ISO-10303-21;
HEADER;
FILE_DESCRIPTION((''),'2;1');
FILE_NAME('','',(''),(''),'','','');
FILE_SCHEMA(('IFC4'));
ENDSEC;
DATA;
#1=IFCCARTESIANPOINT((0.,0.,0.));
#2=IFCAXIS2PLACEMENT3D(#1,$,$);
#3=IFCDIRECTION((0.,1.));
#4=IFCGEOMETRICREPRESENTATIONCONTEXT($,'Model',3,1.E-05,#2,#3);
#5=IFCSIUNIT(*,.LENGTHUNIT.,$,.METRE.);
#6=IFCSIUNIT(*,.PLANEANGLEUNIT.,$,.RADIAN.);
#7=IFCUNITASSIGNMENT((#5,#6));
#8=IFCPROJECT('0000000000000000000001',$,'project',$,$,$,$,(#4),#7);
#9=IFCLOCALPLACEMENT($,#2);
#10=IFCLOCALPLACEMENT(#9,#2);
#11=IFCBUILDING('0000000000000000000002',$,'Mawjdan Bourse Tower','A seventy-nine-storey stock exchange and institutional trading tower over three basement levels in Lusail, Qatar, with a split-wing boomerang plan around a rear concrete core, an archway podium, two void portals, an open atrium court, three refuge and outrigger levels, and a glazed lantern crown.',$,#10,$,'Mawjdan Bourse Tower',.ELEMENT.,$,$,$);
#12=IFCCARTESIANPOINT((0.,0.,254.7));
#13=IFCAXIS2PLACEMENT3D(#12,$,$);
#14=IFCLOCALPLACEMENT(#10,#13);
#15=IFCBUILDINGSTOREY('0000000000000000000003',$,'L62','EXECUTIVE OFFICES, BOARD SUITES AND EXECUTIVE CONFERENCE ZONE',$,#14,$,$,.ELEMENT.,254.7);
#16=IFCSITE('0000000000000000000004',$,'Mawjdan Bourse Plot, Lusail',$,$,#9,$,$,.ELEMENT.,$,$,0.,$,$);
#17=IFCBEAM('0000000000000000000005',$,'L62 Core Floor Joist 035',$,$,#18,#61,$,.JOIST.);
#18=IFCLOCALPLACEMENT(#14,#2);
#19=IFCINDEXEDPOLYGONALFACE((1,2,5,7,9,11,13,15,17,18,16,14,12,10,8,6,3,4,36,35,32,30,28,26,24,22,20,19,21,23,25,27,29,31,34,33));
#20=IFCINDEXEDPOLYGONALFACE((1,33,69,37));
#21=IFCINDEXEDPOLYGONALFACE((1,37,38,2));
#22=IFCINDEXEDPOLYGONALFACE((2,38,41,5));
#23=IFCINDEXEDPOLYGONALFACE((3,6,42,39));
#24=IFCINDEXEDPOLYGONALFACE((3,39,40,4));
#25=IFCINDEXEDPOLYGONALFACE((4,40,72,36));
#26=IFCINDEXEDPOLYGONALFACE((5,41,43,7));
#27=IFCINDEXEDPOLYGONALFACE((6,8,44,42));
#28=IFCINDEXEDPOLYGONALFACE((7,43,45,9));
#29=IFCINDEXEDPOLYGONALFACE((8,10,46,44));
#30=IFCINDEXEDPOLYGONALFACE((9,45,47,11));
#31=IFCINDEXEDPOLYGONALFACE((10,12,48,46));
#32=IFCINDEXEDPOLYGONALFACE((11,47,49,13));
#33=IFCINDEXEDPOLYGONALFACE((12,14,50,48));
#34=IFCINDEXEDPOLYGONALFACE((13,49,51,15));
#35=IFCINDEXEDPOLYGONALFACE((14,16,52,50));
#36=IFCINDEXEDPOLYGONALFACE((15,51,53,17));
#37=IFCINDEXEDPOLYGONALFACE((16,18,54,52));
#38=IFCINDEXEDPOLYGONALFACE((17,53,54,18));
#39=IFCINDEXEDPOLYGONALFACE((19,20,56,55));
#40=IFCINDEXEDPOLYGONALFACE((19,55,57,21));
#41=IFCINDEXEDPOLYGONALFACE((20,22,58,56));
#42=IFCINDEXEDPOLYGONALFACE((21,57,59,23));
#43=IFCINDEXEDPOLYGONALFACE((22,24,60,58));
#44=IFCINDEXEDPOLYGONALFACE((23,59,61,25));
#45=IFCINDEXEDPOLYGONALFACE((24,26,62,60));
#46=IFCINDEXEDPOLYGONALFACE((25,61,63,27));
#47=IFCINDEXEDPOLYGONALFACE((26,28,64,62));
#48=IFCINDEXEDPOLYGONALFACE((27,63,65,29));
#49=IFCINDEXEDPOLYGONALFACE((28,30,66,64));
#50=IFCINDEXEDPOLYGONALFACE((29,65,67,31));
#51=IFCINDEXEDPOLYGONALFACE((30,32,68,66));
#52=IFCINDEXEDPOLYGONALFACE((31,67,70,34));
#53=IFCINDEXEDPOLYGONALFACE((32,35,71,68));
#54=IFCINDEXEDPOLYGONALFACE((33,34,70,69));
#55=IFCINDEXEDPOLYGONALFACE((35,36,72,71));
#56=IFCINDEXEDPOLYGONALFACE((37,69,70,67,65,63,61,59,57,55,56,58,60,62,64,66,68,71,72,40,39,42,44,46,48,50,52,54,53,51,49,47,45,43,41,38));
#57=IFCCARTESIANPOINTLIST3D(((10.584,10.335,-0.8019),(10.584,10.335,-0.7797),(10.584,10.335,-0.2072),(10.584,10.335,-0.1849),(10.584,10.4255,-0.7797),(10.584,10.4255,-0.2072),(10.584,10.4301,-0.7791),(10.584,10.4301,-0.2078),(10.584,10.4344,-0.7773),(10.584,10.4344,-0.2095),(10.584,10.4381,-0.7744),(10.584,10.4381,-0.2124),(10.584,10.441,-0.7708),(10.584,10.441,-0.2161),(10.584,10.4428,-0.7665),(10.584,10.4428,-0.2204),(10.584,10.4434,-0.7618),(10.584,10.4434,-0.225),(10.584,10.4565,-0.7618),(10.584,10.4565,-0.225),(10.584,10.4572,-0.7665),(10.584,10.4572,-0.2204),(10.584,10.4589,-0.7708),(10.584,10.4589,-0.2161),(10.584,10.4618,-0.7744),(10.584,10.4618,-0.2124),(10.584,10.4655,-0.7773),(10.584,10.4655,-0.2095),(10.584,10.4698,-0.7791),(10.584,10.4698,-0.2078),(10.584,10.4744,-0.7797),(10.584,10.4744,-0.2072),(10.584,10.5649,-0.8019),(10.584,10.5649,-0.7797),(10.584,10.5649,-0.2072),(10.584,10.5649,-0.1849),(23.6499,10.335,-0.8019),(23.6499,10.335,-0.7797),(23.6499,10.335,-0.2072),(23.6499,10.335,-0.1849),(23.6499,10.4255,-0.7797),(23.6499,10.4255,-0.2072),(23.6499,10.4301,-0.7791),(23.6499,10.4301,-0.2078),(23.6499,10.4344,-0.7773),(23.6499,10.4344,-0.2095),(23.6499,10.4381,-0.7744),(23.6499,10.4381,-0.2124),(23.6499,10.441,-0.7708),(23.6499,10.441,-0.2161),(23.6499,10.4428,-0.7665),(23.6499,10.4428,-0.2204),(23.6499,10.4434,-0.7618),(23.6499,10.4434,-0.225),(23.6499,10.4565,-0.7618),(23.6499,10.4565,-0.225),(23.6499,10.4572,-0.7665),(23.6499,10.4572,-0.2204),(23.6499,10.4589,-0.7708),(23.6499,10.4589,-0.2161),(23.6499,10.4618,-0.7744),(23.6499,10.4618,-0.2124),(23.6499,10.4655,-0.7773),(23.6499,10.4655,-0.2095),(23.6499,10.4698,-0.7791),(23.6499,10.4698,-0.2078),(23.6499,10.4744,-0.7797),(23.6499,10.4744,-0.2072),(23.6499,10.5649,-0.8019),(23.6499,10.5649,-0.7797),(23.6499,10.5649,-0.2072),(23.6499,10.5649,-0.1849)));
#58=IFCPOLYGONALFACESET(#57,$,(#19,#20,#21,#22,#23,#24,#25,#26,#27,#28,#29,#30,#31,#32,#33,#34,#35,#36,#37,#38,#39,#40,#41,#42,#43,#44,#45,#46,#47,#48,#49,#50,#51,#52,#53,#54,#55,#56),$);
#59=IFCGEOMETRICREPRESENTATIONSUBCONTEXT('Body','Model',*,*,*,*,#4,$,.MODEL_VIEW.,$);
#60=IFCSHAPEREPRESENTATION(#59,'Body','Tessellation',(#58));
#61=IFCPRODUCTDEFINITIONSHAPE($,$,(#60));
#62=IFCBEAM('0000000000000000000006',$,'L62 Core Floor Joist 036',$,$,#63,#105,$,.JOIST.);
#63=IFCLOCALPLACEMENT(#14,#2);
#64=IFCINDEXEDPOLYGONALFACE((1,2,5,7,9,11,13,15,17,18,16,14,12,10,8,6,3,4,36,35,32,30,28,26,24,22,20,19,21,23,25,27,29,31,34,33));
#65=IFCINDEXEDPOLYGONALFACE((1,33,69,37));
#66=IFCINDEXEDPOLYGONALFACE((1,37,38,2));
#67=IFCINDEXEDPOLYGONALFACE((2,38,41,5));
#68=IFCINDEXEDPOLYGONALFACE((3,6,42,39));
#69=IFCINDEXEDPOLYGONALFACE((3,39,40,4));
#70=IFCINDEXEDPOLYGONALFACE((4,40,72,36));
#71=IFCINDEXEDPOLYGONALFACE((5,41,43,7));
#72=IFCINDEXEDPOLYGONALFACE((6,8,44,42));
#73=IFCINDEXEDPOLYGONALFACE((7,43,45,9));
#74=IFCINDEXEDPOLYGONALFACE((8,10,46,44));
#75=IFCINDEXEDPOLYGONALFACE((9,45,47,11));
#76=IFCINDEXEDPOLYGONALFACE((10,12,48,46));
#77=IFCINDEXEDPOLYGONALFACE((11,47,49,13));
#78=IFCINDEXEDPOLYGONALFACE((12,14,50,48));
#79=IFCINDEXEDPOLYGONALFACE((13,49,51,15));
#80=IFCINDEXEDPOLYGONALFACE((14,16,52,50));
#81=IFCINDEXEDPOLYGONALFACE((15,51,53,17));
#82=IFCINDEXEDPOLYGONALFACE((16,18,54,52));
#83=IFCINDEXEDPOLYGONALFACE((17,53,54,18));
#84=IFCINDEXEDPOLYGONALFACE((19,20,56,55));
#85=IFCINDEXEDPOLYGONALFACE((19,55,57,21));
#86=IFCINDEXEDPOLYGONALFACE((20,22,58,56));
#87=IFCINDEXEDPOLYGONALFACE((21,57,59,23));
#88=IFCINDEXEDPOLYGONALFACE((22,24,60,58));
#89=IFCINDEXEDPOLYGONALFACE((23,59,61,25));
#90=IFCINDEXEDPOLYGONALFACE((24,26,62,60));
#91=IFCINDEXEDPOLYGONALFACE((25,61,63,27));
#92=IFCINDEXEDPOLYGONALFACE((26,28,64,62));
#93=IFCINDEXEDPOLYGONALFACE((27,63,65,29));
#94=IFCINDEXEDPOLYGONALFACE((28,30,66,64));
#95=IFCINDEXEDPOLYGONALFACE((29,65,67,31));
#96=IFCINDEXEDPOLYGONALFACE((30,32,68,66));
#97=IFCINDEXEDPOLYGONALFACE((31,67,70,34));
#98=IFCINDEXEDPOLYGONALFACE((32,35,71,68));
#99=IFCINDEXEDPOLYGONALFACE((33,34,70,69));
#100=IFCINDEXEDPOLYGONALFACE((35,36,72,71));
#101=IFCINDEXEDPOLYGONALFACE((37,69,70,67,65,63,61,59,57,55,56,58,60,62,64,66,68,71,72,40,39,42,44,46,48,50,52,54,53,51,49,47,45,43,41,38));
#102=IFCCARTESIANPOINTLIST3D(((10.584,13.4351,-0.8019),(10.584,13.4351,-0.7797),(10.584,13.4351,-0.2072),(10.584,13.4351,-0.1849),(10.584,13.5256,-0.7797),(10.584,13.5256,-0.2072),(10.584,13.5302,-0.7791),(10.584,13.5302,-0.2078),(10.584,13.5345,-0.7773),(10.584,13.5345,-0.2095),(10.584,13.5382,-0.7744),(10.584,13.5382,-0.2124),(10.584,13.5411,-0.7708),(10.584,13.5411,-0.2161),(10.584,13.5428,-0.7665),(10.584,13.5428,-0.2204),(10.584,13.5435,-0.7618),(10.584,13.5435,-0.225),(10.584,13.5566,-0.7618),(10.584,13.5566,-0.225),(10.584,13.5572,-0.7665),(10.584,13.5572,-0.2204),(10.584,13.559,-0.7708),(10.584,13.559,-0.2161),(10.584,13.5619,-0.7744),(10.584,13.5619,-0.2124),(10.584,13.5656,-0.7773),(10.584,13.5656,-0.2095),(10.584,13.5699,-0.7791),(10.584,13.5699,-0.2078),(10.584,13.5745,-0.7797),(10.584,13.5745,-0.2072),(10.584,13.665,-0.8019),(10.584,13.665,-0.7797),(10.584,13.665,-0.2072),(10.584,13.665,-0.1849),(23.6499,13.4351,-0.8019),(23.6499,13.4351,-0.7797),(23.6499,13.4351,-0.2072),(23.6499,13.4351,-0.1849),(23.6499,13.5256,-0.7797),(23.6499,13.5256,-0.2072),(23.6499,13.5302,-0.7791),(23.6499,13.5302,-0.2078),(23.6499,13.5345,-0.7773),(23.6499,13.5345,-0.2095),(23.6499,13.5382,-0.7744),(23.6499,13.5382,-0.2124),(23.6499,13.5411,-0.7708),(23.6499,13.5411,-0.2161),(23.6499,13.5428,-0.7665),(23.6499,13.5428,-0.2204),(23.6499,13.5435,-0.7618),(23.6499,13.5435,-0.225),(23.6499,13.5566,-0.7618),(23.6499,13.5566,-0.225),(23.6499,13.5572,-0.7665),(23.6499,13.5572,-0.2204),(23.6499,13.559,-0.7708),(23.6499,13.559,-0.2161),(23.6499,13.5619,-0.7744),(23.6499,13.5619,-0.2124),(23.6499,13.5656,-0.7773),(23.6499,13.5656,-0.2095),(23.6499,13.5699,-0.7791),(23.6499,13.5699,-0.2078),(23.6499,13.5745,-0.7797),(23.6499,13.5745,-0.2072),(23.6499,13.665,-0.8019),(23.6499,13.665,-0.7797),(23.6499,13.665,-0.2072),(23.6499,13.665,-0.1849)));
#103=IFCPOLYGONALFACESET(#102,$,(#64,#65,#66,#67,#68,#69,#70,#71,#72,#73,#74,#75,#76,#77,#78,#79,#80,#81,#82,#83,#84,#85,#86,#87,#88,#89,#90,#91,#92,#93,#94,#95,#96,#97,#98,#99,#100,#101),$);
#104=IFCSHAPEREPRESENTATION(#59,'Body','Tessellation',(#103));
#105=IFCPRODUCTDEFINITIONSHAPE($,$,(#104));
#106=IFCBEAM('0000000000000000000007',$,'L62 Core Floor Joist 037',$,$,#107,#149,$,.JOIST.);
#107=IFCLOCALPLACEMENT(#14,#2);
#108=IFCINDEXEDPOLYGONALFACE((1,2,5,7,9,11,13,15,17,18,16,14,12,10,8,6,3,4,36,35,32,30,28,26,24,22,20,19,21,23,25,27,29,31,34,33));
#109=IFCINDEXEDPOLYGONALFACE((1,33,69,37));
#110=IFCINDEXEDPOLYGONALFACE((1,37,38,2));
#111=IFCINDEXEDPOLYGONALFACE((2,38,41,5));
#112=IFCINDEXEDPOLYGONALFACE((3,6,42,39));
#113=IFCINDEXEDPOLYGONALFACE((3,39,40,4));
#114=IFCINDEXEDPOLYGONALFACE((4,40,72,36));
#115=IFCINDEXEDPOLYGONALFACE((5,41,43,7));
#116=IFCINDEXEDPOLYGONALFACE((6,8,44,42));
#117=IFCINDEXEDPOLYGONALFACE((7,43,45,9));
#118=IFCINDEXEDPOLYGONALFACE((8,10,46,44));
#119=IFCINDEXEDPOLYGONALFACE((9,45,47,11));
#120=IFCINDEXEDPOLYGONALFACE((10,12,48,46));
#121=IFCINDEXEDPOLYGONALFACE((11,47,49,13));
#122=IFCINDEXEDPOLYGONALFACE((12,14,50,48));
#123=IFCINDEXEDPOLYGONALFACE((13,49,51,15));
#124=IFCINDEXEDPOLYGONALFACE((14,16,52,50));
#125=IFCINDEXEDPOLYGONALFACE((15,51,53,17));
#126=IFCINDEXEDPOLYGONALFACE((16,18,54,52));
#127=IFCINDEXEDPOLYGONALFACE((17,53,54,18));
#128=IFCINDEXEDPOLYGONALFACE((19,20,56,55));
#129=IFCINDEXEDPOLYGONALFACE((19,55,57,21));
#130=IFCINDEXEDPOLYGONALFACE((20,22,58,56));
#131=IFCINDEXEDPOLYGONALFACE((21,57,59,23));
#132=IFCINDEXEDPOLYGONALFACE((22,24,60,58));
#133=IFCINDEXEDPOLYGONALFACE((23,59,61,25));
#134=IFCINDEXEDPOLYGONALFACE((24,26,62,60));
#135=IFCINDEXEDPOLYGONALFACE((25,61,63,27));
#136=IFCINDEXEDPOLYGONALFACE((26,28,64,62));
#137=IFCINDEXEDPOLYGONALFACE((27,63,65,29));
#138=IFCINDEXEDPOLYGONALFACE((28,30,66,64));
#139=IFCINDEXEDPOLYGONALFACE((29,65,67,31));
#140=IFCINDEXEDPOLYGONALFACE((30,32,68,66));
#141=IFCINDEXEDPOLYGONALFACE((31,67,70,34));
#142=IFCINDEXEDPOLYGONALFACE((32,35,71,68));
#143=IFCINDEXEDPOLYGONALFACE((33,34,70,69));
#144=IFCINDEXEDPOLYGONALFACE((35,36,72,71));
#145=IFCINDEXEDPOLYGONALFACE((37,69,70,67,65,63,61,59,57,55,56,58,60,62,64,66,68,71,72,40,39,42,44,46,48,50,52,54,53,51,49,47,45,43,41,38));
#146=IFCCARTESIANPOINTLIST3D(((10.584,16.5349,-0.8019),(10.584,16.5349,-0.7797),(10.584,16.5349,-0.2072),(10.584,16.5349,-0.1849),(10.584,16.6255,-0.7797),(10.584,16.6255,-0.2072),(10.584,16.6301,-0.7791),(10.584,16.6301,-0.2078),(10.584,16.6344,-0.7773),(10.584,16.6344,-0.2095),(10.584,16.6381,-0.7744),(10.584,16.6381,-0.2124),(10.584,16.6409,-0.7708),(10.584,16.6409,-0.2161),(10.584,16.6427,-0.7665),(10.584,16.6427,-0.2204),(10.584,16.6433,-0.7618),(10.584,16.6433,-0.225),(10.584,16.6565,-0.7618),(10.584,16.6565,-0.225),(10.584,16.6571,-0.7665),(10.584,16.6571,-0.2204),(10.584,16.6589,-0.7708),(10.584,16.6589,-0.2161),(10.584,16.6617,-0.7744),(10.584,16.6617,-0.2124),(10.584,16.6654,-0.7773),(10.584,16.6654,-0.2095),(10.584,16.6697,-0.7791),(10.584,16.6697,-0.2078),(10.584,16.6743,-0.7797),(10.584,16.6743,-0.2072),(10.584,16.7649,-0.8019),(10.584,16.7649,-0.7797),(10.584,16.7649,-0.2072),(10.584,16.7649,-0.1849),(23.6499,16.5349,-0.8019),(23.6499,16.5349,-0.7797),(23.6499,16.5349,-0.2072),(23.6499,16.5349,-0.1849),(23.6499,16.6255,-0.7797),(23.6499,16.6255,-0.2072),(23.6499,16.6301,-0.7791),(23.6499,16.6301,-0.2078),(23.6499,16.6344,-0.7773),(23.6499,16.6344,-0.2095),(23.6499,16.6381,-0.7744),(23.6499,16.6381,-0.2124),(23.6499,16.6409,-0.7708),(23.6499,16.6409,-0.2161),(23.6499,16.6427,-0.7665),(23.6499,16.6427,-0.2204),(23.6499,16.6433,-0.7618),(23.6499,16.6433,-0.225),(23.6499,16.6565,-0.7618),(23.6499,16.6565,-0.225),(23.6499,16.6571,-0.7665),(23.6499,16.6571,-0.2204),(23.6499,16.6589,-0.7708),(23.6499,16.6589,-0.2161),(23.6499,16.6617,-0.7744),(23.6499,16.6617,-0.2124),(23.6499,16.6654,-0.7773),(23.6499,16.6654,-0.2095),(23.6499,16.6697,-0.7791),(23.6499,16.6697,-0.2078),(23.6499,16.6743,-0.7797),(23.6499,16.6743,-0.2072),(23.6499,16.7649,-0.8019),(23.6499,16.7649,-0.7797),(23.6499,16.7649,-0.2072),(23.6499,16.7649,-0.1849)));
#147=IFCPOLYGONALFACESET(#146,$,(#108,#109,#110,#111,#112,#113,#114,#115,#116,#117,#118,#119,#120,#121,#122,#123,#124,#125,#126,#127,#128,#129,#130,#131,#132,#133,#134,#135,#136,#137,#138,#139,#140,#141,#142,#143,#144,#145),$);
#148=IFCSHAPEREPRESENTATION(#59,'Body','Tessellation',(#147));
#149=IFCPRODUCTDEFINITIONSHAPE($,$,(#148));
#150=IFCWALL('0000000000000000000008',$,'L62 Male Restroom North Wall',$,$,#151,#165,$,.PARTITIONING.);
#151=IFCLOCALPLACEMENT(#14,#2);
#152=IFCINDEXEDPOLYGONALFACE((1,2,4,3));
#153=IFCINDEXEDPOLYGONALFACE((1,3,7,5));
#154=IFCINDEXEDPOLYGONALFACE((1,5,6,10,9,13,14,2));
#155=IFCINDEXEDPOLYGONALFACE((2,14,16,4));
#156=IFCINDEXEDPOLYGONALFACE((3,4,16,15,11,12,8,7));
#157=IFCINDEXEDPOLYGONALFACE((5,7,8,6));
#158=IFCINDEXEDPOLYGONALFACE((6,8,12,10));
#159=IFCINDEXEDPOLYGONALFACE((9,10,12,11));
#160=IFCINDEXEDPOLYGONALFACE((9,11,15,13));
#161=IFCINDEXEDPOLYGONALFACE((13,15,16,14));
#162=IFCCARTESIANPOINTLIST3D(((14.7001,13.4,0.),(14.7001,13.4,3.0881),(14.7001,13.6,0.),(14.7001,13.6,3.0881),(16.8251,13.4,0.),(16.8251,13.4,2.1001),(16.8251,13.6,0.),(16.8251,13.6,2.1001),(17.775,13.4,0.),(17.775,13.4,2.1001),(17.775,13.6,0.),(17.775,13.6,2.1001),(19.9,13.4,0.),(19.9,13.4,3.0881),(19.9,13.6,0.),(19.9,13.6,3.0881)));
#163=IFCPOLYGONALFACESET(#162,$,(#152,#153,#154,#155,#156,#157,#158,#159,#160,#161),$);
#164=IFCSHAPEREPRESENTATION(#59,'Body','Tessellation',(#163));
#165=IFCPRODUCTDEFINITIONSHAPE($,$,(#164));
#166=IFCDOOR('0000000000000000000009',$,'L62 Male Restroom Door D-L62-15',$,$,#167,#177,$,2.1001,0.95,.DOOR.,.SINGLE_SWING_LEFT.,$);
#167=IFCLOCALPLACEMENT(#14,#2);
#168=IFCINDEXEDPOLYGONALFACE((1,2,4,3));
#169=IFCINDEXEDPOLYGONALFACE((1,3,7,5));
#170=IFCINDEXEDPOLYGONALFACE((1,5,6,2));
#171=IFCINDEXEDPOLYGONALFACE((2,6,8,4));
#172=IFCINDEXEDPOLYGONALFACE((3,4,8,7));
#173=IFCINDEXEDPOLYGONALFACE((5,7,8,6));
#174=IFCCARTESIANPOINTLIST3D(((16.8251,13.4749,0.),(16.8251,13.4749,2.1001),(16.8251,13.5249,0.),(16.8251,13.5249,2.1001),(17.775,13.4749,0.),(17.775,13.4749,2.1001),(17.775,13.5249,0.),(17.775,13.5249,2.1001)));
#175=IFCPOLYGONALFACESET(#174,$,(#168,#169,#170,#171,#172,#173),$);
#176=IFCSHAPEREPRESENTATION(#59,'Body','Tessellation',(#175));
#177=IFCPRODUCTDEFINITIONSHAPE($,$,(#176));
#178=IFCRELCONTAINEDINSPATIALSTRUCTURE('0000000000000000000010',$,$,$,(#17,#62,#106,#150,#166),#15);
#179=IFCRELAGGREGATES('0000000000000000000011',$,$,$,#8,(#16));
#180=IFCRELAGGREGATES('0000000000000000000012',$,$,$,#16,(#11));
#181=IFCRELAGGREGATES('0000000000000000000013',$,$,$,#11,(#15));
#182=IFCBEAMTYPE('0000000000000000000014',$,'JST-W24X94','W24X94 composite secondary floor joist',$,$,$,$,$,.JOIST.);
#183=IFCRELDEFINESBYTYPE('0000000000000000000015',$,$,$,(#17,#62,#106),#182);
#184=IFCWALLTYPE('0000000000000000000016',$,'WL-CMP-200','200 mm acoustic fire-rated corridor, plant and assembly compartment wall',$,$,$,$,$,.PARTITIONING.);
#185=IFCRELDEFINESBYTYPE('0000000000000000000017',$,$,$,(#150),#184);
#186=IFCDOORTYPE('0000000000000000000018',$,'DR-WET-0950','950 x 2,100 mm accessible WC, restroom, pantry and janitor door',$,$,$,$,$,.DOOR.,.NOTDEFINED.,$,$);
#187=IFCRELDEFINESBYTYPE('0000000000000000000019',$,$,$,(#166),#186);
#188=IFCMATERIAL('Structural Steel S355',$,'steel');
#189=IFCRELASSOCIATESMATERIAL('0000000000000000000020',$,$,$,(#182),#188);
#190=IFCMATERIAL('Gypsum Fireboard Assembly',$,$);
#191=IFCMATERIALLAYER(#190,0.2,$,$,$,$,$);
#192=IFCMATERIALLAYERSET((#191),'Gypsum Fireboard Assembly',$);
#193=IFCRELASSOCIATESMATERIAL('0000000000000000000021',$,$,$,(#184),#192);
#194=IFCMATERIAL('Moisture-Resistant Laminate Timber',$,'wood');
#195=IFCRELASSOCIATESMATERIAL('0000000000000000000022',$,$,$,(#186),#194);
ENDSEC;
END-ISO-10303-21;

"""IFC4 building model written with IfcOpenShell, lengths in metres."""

from ifc_helpers import new_model, si_unit, direction, frame, frame_2d, origin, origin_2d, place, context, subcontext, project, spatial, rectangle, i_section, extrude, material, layer, layer_set, material_profile, profile_set, type_object, element, fill, save


model = new_model("IFC4")

# Units and contexts
model_context = context("Model", 3, precision=1e-05, world=origin(), true_north=direction((0.0, 1.0)))
body_context = subcontext(model_context, "Body", "Model", "MODEL_VIEW")
ifc_project = project(units=[si_unit("LENGTHUNIT", "METRE"), si_unit("PLANEANGLEUNIT", "RADIAN")], contexts=[model_context])

# Site, building, storey
site_placement = place(None, origin())
site = spatial("IfcSite", under=ifc_project, at=site_placement, Name="Mawjdan Bourse Plot, Lusail", CompositionType="ELEMENT", RefElevation=0.0)
building_placement = place(site_placement, origin())
building = spatial("IfcBuilding", under=site, at=building_placement, Name="Mawjdan Bourse Tower", Description="A seventy-nine-storey stock exchange and institutional trading tower over three basement levels in Lusail, Qatar, with a split-wing boomerang plan around a rear concrete core, an archway podium, two void portals, an open atrium court, three refuge and outrigger levels, and a glazed lantern crown.", LongName="Mawjdan Bourse Tower", CompositionType="ELEMENT")
storey_placement = place(building_placement, frame((0.0, 0.0, 254.7)))
storey = spatial("IfcBuildingStorey", under=building, at=storey_placement, Name="L62", Description="EXECUTIVE OFFICES, BOARD SUITES AND EXECUTIVE CONFERENCE ZONE", CompositionType="ELEMENT", Elevation=254.7)

# Beams
ifc_material_1 = material(Name="Structural Steel S355", Category="steel")
ifc_material_profile = material_profile(ifc_material_1, i_section(OverallWidth=0.23, OverallDepth=0.6169, WebThickness=0.0132, FlangeThickness=0.0222, FilletRadius=0.0178, at=origin_2d()), Name="W24X94")
ifc_profile_set = profile_set([ifc_material_profile], Name="Structural Steel S355")
beam_type = type_object("IfcBeamType", Name="JST-W24X94", Description="W24X94 composite secondary floor joist", PredefinedType="JOIST", material=ifc_profile_set)
for number, where, z_axis, x_axis, name in (
    (1, (10.584, 10.45, -0.4934), (1.0, 0.0, 0.0), (0.0, 1.0, 0.0), "L62 Core Floor Joist 035"),
    (2, (10.584, 13.55, -0.4934), (1.0, 0.0, 0.0), (0.0, 1.0, 0.0), "L62 Core Floor Joist 036"),
    (3, (10.584, 16.6499, -0.4934), (1.0, 0.0, 0.0), (0.0, 1.0, 0.0), "L62 Core Floor Joist 037"),
):
    element("IfcBeam", number, at=place(storey_placement, frame(where, z_axis=z_axis, x_axis=x_axis)), inside=storey, type_object=beam_type, Name=name, PredefinedType="JOIST", context=body_context, shape_type="SweptSolid", body=[
        extrude(i_section(OverallWidth=0.23, OverallDepth=0.6169, WebThickness=0.0132, FlangeThickness=0.0222, FilletRadius=0.0178, at=origin_2d()), origin(), (0.0, 0.0, 1.0), 13.0659),
    ])

# Wall, opening, door
ifc_material_2 = material(Name="Gypsum Fireboard Assembly")
ifc_layer_1 = layer(ifc_material_2, 0.2)
ifc_layer_set_1 = layer_set([ifc_layer_1], Name="Gypsum Fireboard Assembly")
wall_type_1 = type_object("IfcWallType", Name="WL-CMP-200", Description="200 mm acoustic fire-rated corridor, plant and assembly compartment wall", PredefinedType="PARTITIONING", material=ifc_layer_set_1)
wall_1_placement = place(storey_placement, frame((14.7, 13.5, 0.0), z_axis=(0.0, 0.0, 1.0), x_axis=(1.0, 0.0, 0.0)))
wall_1 = element("IfcWall", 4, at=wall_1_placement, inside=storey, type_object=wall_type_1, Name="L62 Male Restroom North Wall", PredefinedType="PARTITIONING", context=body_context, shape_type="SweptSolid", body=[
    extrude(rectangle(XDim=5.2, YDim=0.2, at=frame_2d((2.6001, 0.0))), origin(), (0.0, 0.0, 1.0), 3.0881),
])
opening_1_placement = place(wall_1_placement, frame((2.125, 0.0, 0.0)))
opening_1 = element("IfcOpeningElement", 5, at=opening_1_placement, cuts=wall_1, PredefinedType="OPENING", context=body_context, shape_type="SweptSolid", body=[
    extrude(rectangle(XDim=0.95, YDim=2.1001, at=frame_2d((0.4751, 1.05))), frame((0.0, 0.1099, 0.0), z_axis=(0.0, -1.0, 0.0), x_axis=(1.0, 0.0, 0.0)), (0.0, 0.0, 1.0), 0.22),
])
ifc_material_3 = material(Name="Moisture-Resistant Laminate Timber", Category="wood")
door_type_1 = type_object("IfcDoorType", Name="DR-WET-0950", Description="950 x 2,100 mm accessible WC, restroom, pantry and janitor door", OperationType="NOTDEFINED", PredefinedType="DOOR", material=ifc_material_3)
door_1_placement = place(opening_1_placement, origin())
door_1 = element("IfcDoor", 6, at=door_1_placement, inside=storey, type_object=door_type_1, Name="L62 Male Restroom Door D-L62-15", OperationType="SINGLE_SWING_LEFT", OverallHeight=2.1001, OverallWidth=0.95, PredefinedType="DOOR", context=body_context, shape_type="SweptSolid", body=[
    extrude(rectangle(XDim=0.95, YDim=2.1001, at=frame_2d((0.4751, 1.05))), frame((0.0, 0.0249, 0.0), z_axis=(0.0, -1.0, 0.0), x_axis=(1.0, 0.0, 0.0)), (0.0, 0.0, 1.0), 0.05),
])
fill(opening_1, door_1)

save(model, "model.ifc")
